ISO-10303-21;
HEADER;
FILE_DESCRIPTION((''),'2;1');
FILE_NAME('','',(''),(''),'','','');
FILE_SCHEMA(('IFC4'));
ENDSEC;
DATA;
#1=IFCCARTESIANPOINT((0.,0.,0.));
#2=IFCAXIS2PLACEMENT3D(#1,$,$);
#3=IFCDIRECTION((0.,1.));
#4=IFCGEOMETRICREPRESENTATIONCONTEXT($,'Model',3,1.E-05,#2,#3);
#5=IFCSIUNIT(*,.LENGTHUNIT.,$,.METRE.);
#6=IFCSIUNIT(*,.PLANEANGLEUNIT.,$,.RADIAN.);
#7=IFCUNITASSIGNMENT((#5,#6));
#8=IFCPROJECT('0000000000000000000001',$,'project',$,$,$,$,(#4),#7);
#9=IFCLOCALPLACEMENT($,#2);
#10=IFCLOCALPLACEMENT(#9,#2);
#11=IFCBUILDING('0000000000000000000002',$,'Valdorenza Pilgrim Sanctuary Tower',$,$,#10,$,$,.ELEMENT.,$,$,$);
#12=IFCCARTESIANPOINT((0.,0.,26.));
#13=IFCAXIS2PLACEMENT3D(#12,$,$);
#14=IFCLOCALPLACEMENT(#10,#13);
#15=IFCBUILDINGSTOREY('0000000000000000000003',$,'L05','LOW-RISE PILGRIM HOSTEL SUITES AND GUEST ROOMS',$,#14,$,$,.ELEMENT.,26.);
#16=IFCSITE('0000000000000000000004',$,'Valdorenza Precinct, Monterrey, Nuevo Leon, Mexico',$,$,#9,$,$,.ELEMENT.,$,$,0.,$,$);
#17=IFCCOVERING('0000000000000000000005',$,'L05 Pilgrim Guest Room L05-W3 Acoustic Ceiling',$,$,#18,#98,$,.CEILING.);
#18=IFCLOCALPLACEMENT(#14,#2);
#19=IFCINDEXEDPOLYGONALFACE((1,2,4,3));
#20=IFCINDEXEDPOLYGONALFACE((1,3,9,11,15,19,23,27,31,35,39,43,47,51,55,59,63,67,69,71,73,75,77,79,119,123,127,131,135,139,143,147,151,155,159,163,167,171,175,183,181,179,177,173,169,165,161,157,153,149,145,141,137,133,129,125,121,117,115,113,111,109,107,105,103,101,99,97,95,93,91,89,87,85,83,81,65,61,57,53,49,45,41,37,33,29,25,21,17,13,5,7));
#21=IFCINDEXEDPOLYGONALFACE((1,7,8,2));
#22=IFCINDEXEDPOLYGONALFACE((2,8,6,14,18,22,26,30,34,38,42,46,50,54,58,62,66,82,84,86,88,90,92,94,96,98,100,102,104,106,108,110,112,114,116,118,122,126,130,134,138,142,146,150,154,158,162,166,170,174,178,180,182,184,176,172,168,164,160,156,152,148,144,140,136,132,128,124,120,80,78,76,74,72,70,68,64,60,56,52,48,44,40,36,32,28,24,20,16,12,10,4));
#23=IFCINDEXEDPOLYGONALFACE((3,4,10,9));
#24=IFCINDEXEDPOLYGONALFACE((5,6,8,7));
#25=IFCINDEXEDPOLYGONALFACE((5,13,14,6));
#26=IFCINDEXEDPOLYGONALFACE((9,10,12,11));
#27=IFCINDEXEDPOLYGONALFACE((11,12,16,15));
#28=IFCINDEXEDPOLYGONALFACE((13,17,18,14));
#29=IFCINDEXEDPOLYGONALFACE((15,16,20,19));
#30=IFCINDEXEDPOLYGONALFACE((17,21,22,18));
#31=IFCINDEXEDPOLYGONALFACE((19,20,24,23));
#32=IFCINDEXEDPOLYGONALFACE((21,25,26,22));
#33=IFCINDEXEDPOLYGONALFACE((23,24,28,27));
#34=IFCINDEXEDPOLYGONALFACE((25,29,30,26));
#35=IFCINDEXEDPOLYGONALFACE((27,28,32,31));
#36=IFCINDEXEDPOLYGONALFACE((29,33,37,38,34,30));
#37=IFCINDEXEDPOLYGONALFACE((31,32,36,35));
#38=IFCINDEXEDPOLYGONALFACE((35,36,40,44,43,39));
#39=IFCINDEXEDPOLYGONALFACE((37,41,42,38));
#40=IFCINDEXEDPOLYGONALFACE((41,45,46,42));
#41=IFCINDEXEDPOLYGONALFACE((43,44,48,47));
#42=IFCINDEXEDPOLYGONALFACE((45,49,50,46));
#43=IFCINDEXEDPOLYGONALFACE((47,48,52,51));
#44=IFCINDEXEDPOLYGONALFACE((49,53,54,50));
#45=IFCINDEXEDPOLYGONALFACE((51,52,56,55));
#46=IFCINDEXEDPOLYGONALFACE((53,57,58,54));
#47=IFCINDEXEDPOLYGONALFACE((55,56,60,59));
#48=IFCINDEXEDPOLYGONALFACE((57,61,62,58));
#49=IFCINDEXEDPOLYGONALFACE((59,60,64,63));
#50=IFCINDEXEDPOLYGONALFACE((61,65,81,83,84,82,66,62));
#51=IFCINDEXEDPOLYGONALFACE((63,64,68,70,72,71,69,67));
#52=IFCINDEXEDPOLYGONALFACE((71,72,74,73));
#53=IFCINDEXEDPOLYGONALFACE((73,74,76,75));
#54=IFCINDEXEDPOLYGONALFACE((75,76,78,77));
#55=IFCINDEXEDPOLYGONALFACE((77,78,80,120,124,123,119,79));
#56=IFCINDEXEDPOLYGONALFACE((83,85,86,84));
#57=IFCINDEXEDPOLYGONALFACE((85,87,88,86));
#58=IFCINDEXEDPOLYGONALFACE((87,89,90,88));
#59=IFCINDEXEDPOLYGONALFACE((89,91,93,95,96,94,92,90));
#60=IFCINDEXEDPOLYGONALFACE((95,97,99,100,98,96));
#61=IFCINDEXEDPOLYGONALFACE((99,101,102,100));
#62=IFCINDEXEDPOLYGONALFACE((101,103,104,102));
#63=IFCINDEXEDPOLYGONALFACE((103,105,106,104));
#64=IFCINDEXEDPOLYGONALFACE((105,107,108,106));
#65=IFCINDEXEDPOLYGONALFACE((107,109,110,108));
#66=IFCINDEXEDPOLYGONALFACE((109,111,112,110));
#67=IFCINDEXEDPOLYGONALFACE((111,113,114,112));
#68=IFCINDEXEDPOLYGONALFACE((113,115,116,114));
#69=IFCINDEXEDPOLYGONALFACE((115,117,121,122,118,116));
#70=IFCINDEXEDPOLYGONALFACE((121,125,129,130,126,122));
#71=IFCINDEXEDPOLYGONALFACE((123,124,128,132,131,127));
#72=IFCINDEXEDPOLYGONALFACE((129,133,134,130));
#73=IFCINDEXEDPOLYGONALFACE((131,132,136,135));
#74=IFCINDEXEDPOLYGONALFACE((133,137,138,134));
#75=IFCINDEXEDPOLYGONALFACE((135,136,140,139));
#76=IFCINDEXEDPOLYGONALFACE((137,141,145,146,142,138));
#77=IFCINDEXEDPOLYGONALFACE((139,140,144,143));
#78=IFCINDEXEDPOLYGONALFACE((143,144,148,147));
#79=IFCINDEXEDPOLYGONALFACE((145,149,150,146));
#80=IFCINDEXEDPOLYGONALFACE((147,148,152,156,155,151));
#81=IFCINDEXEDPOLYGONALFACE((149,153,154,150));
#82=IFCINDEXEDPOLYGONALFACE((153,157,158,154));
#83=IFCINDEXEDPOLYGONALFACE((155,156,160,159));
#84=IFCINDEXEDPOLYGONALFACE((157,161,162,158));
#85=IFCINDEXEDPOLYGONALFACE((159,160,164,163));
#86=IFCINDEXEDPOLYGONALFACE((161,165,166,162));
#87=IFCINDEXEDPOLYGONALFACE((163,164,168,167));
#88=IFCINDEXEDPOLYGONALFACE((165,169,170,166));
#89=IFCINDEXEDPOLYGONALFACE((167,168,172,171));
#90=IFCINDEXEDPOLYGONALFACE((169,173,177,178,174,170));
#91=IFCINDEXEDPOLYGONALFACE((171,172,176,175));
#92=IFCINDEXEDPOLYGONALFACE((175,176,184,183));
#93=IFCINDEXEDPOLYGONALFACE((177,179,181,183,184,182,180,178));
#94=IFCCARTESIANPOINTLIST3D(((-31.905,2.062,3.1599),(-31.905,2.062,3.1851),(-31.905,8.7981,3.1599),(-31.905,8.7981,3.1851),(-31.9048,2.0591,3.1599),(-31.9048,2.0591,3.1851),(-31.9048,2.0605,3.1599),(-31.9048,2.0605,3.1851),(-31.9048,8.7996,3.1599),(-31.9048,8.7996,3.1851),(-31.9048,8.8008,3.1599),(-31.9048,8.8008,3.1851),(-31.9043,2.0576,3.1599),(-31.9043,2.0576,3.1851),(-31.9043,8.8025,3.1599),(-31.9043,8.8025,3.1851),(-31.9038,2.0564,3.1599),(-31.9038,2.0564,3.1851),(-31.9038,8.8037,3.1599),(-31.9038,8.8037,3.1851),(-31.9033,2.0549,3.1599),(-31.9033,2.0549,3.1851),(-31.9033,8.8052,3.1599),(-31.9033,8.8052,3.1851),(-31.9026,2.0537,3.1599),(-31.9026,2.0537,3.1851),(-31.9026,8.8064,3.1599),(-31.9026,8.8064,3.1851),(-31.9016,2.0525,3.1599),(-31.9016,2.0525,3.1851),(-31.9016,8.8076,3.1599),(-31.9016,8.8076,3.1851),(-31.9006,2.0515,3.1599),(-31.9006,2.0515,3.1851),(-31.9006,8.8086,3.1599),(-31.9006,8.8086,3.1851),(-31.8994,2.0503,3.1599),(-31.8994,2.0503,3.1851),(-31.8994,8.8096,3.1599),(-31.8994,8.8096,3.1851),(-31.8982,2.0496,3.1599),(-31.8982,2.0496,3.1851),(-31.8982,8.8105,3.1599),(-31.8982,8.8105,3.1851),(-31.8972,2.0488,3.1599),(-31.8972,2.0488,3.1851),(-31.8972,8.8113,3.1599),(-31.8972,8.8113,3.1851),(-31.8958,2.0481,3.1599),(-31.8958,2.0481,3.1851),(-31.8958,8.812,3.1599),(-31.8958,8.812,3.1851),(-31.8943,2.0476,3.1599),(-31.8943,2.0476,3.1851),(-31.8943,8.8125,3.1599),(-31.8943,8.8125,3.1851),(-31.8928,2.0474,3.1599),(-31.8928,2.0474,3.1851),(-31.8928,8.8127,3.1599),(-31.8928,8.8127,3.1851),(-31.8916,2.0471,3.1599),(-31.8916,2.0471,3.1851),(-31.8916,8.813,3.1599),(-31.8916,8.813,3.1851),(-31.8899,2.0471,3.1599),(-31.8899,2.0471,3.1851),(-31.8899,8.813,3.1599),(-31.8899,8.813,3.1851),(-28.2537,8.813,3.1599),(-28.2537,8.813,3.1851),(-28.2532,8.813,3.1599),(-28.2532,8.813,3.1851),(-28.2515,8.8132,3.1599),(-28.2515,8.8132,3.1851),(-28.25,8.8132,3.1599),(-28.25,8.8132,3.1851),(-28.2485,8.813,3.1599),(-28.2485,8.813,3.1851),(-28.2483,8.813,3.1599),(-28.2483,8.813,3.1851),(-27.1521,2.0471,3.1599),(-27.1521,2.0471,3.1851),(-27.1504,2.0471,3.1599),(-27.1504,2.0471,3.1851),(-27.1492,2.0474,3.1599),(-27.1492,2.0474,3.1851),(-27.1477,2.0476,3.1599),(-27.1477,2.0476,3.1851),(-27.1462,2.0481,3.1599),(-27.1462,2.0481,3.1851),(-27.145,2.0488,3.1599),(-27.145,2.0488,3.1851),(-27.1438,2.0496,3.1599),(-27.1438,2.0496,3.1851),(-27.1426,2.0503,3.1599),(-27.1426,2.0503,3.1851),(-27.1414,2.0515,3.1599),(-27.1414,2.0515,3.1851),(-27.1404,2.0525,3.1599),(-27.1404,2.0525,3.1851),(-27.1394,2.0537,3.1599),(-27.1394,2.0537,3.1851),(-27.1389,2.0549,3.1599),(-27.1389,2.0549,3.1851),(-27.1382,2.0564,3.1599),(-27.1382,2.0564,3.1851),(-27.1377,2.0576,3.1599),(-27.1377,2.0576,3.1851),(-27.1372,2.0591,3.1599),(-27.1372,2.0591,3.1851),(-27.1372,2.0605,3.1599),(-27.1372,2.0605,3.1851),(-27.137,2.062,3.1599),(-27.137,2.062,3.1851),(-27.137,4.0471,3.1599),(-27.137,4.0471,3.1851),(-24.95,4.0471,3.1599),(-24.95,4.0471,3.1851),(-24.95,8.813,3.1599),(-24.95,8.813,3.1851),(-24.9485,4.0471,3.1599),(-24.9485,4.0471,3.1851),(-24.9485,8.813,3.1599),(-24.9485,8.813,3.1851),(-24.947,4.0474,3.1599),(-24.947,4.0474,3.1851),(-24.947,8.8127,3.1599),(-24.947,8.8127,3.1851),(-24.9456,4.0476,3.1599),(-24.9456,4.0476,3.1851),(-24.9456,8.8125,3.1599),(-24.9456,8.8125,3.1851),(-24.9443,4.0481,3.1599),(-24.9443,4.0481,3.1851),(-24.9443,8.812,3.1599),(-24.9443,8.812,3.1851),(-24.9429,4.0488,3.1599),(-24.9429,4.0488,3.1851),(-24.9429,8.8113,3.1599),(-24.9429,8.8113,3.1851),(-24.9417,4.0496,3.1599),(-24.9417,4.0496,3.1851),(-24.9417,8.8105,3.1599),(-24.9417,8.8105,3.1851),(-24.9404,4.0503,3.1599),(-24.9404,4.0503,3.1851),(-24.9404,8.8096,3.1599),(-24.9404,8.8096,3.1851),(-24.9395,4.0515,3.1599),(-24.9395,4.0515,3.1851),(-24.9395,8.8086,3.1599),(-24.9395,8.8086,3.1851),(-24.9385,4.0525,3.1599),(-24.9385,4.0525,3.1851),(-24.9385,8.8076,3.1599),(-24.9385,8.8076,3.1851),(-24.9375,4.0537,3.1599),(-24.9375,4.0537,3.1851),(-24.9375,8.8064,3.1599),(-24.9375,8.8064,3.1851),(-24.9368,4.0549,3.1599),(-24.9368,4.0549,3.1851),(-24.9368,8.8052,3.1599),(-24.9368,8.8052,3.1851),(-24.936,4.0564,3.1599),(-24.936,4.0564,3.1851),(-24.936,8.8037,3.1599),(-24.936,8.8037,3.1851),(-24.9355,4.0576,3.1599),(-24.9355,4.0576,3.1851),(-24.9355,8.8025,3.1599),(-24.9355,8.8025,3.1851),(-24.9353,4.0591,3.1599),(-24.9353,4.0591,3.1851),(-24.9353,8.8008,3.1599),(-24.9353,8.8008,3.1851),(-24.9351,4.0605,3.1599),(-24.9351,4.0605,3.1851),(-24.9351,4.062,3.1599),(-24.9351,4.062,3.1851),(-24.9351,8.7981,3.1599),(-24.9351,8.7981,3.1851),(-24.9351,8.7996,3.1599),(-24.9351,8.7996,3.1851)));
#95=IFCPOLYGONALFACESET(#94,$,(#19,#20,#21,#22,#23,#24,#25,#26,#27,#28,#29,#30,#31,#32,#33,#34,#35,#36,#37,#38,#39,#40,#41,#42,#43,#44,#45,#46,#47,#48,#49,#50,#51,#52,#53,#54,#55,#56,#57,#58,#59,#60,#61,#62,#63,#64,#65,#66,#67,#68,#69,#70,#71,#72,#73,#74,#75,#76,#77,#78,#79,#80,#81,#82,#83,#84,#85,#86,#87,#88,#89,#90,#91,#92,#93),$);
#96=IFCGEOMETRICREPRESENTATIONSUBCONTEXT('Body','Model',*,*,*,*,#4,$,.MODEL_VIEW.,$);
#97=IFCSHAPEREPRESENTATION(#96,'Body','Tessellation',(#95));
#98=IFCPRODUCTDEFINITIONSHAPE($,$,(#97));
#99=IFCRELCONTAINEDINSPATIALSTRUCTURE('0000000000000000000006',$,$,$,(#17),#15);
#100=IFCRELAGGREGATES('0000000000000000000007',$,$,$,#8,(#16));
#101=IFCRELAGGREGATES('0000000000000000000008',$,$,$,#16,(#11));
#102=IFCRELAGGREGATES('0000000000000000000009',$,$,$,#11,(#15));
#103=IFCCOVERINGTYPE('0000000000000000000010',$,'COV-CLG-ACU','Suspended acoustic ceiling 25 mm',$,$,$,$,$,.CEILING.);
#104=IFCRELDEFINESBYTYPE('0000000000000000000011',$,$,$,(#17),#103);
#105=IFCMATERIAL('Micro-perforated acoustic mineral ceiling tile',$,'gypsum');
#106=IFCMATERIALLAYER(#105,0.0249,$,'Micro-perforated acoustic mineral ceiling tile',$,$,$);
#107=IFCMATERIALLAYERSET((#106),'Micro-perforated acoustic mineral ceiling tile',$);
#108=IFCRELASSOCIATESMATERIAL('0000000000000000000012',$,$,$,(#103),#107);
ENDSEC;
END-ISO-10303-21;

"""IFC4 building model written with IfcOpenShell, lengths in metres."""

from ifc_helpers import new_model, si_unit, direction, frame, origin, place, context, subcontext, project, spatial, polyline, outline, extrude, material, layer, layer_set, type_object, element, save


model = new_model("IFC4")

# Units and contexts
model_context = context("Model", 3, precision=1e-05, world=origin(), true_north=direction((0.0, 1.0)))
body_context = subcontext(model_context, "Body", "Model", "MODEL_VIEW")
ifc_project = project(units=[si_unit("LENGTHUNIT", "METRE"), si_unit("PLANEANGLEUNIT", "RADIAN")], contexts=[model_context])

# Site, building, storey
site_placement = place(None, origin())
site = spatial("IfcSite", under=ifc_project, at=site_placement, Name="Valdorenza Precinct, Monterrey, Nuevo Leon, Mexico", CompositionType="ELEMENT", RefElevation=0.0)
building_placement = place(site_placement, origin())
building = spatial("IfcBuilding", under=site, at=building_placement, Name="Valdorenza Pilgrim Sanctuary Tower", CompositionType="ELEMENT")
storey_placement = place(building_placement, frame((0.0, 0.0, 26.0)))
storey = spatial("IfcBuildingStorey", under=building, at=storey_placement, Name="L05", Description="LOW-RISE PILGRIM HOSTEL SUITES AND GUEST ROOMS", CompositionType="ELEMENT", Elevation=26.0)

# Covering
ifc_material_1 = material(Name="Micro-perforated acoustic mineral ceiling tile", Category="gypsum")
ifc_layer_1 = layer(ifc_material_1, 0.0249, Name="Micro-perforated acoustic mineral ceiling tile")
ifc_layer_set_1 = layer_set([ifc_layer_1], Name="Micro-perforated acoustic mineral ceiling tile")
covering_type_1 = type_object("IfcCoveringType", Name="COV-CLG-ACU", Description="Suspended acoustic ceiling 25 mm", PredefinedType="CEILING", material=ifc_layer_set_1)
covering_1_placement = place(storey_placement, frame((0.0, 0.0, 3.1599)))
element("IfcCovering", 1, at=covering_1_placement, inside=storey, type_object=covering_type_1, Name="L05 Pilgrim Guest Room L05-W3 Acoustic Ceiling", PredefinedType="CEILING", context=body_context, shape_type="SweptSolid", body=[
    extrude(outline(polyline([(-28.2537, 8.813), (-28.2532, 8.813), (-28.2515, 8.8132), (-28.25, 8.8132), (-28.2485, 8.813), (-28.2483, 8.813), (-24.95, 8.813), (-24.9485, 8.813), (-24.947, 8.8127), (-24.9456, 8.8125), (-24.9443, 8.812), (-24.9429, 8.8113), (-24.9417, 8.8105), (-24.9404, 8.8096), (-24.9395, 8.8086), (-24.9385, 8.8076), (-24.9375, 8.8064), (-24.9368, 8.8052), (-24.936, 8.8037), (-24.9355, 8.8025), (-24.9353, 8.8008), (-24.9351, 8.7996), (-24.9351, 8.7981), (-24.9351, 4.062), (-24.9351, 4.0605), (-24.9353, 4.0591), (-24.9355, 4.0576), (-24.936, 4.0564), (-24.9368, 4.0549), (-24.9375, 4.0537), (-24.9385, 4.0525), (-24.9395, 4.0515), (-24.9404, 4.0503), (-24.9417, 4.0496), (-24.9429, 4.0488), (-24.9443, 4.0481), (-24.9456, 4.0476), (-24.947, 4.0474), (-24.9485, 4.0471), (-24.95, 4.0471), (-27.137, 4.0471), (-27.137, 2.062), (-27.1372, 2.0605), (-27.1372, 2.0591), (-27.1377, 2.0576), (-27.1382, 2.0564), (-27.1389, 2.0549), (-27.1394, 2.0537), (-27.1404, 2.0525), (-27.1414, 2.0515), (-27.1426, 2.0503), (-27.1438, 2.0496), (-27.145, 2.0488), (-27.1462, 2.0481), (-27.1477, 2.0476), (-27.1492, 2.0474), (-27.1504, 2.0471), (-27.1521, 2.0471), (-31.8899, 2.0471), (-31.8916, 2.0471), (-31.8928, 2.0474), (-31.8943, 2.0476), (-31.8958, 2.0481), (-31.8972, 2.0488), (-31.8982, 2.0496), (-31.8994, 2.0503), (-31.9006, 2.0515), (-31.9016, 2.0525), (-31.9026, 2.0537), (-31.9033, 2.0549), (-31.9038, 2.0564), (-31.9043, 2.0576), (-31.9048, 2.0591), (-31.9048, 2.0605), (-31.905, 2.062), (-31.905, 8.7981), (-31.9048, 8.7996), (-31.9048, 8.8008), (-31.9043, 8.8025), (-31.9038, 8.8037), (-31.9033, 8.8052), (-31.9026, 8.8064), (-31.9016, 8.8076), (-31.9006, 8.8086), (-31.8994, 8.8096), (-31.8982, 8.8105), (-31.8972, 8.8113), (-31.8958, 8.812), (-31.8943, 8.8125), (-31.8928, 8.8127), (-31.8916, 8.813), (-31.8899, 8.813), (-28.2537, 8.813)])), origin(), (0.0, 0.0, 1.0), 0.0251),
])

save(model, "model.ifc")
